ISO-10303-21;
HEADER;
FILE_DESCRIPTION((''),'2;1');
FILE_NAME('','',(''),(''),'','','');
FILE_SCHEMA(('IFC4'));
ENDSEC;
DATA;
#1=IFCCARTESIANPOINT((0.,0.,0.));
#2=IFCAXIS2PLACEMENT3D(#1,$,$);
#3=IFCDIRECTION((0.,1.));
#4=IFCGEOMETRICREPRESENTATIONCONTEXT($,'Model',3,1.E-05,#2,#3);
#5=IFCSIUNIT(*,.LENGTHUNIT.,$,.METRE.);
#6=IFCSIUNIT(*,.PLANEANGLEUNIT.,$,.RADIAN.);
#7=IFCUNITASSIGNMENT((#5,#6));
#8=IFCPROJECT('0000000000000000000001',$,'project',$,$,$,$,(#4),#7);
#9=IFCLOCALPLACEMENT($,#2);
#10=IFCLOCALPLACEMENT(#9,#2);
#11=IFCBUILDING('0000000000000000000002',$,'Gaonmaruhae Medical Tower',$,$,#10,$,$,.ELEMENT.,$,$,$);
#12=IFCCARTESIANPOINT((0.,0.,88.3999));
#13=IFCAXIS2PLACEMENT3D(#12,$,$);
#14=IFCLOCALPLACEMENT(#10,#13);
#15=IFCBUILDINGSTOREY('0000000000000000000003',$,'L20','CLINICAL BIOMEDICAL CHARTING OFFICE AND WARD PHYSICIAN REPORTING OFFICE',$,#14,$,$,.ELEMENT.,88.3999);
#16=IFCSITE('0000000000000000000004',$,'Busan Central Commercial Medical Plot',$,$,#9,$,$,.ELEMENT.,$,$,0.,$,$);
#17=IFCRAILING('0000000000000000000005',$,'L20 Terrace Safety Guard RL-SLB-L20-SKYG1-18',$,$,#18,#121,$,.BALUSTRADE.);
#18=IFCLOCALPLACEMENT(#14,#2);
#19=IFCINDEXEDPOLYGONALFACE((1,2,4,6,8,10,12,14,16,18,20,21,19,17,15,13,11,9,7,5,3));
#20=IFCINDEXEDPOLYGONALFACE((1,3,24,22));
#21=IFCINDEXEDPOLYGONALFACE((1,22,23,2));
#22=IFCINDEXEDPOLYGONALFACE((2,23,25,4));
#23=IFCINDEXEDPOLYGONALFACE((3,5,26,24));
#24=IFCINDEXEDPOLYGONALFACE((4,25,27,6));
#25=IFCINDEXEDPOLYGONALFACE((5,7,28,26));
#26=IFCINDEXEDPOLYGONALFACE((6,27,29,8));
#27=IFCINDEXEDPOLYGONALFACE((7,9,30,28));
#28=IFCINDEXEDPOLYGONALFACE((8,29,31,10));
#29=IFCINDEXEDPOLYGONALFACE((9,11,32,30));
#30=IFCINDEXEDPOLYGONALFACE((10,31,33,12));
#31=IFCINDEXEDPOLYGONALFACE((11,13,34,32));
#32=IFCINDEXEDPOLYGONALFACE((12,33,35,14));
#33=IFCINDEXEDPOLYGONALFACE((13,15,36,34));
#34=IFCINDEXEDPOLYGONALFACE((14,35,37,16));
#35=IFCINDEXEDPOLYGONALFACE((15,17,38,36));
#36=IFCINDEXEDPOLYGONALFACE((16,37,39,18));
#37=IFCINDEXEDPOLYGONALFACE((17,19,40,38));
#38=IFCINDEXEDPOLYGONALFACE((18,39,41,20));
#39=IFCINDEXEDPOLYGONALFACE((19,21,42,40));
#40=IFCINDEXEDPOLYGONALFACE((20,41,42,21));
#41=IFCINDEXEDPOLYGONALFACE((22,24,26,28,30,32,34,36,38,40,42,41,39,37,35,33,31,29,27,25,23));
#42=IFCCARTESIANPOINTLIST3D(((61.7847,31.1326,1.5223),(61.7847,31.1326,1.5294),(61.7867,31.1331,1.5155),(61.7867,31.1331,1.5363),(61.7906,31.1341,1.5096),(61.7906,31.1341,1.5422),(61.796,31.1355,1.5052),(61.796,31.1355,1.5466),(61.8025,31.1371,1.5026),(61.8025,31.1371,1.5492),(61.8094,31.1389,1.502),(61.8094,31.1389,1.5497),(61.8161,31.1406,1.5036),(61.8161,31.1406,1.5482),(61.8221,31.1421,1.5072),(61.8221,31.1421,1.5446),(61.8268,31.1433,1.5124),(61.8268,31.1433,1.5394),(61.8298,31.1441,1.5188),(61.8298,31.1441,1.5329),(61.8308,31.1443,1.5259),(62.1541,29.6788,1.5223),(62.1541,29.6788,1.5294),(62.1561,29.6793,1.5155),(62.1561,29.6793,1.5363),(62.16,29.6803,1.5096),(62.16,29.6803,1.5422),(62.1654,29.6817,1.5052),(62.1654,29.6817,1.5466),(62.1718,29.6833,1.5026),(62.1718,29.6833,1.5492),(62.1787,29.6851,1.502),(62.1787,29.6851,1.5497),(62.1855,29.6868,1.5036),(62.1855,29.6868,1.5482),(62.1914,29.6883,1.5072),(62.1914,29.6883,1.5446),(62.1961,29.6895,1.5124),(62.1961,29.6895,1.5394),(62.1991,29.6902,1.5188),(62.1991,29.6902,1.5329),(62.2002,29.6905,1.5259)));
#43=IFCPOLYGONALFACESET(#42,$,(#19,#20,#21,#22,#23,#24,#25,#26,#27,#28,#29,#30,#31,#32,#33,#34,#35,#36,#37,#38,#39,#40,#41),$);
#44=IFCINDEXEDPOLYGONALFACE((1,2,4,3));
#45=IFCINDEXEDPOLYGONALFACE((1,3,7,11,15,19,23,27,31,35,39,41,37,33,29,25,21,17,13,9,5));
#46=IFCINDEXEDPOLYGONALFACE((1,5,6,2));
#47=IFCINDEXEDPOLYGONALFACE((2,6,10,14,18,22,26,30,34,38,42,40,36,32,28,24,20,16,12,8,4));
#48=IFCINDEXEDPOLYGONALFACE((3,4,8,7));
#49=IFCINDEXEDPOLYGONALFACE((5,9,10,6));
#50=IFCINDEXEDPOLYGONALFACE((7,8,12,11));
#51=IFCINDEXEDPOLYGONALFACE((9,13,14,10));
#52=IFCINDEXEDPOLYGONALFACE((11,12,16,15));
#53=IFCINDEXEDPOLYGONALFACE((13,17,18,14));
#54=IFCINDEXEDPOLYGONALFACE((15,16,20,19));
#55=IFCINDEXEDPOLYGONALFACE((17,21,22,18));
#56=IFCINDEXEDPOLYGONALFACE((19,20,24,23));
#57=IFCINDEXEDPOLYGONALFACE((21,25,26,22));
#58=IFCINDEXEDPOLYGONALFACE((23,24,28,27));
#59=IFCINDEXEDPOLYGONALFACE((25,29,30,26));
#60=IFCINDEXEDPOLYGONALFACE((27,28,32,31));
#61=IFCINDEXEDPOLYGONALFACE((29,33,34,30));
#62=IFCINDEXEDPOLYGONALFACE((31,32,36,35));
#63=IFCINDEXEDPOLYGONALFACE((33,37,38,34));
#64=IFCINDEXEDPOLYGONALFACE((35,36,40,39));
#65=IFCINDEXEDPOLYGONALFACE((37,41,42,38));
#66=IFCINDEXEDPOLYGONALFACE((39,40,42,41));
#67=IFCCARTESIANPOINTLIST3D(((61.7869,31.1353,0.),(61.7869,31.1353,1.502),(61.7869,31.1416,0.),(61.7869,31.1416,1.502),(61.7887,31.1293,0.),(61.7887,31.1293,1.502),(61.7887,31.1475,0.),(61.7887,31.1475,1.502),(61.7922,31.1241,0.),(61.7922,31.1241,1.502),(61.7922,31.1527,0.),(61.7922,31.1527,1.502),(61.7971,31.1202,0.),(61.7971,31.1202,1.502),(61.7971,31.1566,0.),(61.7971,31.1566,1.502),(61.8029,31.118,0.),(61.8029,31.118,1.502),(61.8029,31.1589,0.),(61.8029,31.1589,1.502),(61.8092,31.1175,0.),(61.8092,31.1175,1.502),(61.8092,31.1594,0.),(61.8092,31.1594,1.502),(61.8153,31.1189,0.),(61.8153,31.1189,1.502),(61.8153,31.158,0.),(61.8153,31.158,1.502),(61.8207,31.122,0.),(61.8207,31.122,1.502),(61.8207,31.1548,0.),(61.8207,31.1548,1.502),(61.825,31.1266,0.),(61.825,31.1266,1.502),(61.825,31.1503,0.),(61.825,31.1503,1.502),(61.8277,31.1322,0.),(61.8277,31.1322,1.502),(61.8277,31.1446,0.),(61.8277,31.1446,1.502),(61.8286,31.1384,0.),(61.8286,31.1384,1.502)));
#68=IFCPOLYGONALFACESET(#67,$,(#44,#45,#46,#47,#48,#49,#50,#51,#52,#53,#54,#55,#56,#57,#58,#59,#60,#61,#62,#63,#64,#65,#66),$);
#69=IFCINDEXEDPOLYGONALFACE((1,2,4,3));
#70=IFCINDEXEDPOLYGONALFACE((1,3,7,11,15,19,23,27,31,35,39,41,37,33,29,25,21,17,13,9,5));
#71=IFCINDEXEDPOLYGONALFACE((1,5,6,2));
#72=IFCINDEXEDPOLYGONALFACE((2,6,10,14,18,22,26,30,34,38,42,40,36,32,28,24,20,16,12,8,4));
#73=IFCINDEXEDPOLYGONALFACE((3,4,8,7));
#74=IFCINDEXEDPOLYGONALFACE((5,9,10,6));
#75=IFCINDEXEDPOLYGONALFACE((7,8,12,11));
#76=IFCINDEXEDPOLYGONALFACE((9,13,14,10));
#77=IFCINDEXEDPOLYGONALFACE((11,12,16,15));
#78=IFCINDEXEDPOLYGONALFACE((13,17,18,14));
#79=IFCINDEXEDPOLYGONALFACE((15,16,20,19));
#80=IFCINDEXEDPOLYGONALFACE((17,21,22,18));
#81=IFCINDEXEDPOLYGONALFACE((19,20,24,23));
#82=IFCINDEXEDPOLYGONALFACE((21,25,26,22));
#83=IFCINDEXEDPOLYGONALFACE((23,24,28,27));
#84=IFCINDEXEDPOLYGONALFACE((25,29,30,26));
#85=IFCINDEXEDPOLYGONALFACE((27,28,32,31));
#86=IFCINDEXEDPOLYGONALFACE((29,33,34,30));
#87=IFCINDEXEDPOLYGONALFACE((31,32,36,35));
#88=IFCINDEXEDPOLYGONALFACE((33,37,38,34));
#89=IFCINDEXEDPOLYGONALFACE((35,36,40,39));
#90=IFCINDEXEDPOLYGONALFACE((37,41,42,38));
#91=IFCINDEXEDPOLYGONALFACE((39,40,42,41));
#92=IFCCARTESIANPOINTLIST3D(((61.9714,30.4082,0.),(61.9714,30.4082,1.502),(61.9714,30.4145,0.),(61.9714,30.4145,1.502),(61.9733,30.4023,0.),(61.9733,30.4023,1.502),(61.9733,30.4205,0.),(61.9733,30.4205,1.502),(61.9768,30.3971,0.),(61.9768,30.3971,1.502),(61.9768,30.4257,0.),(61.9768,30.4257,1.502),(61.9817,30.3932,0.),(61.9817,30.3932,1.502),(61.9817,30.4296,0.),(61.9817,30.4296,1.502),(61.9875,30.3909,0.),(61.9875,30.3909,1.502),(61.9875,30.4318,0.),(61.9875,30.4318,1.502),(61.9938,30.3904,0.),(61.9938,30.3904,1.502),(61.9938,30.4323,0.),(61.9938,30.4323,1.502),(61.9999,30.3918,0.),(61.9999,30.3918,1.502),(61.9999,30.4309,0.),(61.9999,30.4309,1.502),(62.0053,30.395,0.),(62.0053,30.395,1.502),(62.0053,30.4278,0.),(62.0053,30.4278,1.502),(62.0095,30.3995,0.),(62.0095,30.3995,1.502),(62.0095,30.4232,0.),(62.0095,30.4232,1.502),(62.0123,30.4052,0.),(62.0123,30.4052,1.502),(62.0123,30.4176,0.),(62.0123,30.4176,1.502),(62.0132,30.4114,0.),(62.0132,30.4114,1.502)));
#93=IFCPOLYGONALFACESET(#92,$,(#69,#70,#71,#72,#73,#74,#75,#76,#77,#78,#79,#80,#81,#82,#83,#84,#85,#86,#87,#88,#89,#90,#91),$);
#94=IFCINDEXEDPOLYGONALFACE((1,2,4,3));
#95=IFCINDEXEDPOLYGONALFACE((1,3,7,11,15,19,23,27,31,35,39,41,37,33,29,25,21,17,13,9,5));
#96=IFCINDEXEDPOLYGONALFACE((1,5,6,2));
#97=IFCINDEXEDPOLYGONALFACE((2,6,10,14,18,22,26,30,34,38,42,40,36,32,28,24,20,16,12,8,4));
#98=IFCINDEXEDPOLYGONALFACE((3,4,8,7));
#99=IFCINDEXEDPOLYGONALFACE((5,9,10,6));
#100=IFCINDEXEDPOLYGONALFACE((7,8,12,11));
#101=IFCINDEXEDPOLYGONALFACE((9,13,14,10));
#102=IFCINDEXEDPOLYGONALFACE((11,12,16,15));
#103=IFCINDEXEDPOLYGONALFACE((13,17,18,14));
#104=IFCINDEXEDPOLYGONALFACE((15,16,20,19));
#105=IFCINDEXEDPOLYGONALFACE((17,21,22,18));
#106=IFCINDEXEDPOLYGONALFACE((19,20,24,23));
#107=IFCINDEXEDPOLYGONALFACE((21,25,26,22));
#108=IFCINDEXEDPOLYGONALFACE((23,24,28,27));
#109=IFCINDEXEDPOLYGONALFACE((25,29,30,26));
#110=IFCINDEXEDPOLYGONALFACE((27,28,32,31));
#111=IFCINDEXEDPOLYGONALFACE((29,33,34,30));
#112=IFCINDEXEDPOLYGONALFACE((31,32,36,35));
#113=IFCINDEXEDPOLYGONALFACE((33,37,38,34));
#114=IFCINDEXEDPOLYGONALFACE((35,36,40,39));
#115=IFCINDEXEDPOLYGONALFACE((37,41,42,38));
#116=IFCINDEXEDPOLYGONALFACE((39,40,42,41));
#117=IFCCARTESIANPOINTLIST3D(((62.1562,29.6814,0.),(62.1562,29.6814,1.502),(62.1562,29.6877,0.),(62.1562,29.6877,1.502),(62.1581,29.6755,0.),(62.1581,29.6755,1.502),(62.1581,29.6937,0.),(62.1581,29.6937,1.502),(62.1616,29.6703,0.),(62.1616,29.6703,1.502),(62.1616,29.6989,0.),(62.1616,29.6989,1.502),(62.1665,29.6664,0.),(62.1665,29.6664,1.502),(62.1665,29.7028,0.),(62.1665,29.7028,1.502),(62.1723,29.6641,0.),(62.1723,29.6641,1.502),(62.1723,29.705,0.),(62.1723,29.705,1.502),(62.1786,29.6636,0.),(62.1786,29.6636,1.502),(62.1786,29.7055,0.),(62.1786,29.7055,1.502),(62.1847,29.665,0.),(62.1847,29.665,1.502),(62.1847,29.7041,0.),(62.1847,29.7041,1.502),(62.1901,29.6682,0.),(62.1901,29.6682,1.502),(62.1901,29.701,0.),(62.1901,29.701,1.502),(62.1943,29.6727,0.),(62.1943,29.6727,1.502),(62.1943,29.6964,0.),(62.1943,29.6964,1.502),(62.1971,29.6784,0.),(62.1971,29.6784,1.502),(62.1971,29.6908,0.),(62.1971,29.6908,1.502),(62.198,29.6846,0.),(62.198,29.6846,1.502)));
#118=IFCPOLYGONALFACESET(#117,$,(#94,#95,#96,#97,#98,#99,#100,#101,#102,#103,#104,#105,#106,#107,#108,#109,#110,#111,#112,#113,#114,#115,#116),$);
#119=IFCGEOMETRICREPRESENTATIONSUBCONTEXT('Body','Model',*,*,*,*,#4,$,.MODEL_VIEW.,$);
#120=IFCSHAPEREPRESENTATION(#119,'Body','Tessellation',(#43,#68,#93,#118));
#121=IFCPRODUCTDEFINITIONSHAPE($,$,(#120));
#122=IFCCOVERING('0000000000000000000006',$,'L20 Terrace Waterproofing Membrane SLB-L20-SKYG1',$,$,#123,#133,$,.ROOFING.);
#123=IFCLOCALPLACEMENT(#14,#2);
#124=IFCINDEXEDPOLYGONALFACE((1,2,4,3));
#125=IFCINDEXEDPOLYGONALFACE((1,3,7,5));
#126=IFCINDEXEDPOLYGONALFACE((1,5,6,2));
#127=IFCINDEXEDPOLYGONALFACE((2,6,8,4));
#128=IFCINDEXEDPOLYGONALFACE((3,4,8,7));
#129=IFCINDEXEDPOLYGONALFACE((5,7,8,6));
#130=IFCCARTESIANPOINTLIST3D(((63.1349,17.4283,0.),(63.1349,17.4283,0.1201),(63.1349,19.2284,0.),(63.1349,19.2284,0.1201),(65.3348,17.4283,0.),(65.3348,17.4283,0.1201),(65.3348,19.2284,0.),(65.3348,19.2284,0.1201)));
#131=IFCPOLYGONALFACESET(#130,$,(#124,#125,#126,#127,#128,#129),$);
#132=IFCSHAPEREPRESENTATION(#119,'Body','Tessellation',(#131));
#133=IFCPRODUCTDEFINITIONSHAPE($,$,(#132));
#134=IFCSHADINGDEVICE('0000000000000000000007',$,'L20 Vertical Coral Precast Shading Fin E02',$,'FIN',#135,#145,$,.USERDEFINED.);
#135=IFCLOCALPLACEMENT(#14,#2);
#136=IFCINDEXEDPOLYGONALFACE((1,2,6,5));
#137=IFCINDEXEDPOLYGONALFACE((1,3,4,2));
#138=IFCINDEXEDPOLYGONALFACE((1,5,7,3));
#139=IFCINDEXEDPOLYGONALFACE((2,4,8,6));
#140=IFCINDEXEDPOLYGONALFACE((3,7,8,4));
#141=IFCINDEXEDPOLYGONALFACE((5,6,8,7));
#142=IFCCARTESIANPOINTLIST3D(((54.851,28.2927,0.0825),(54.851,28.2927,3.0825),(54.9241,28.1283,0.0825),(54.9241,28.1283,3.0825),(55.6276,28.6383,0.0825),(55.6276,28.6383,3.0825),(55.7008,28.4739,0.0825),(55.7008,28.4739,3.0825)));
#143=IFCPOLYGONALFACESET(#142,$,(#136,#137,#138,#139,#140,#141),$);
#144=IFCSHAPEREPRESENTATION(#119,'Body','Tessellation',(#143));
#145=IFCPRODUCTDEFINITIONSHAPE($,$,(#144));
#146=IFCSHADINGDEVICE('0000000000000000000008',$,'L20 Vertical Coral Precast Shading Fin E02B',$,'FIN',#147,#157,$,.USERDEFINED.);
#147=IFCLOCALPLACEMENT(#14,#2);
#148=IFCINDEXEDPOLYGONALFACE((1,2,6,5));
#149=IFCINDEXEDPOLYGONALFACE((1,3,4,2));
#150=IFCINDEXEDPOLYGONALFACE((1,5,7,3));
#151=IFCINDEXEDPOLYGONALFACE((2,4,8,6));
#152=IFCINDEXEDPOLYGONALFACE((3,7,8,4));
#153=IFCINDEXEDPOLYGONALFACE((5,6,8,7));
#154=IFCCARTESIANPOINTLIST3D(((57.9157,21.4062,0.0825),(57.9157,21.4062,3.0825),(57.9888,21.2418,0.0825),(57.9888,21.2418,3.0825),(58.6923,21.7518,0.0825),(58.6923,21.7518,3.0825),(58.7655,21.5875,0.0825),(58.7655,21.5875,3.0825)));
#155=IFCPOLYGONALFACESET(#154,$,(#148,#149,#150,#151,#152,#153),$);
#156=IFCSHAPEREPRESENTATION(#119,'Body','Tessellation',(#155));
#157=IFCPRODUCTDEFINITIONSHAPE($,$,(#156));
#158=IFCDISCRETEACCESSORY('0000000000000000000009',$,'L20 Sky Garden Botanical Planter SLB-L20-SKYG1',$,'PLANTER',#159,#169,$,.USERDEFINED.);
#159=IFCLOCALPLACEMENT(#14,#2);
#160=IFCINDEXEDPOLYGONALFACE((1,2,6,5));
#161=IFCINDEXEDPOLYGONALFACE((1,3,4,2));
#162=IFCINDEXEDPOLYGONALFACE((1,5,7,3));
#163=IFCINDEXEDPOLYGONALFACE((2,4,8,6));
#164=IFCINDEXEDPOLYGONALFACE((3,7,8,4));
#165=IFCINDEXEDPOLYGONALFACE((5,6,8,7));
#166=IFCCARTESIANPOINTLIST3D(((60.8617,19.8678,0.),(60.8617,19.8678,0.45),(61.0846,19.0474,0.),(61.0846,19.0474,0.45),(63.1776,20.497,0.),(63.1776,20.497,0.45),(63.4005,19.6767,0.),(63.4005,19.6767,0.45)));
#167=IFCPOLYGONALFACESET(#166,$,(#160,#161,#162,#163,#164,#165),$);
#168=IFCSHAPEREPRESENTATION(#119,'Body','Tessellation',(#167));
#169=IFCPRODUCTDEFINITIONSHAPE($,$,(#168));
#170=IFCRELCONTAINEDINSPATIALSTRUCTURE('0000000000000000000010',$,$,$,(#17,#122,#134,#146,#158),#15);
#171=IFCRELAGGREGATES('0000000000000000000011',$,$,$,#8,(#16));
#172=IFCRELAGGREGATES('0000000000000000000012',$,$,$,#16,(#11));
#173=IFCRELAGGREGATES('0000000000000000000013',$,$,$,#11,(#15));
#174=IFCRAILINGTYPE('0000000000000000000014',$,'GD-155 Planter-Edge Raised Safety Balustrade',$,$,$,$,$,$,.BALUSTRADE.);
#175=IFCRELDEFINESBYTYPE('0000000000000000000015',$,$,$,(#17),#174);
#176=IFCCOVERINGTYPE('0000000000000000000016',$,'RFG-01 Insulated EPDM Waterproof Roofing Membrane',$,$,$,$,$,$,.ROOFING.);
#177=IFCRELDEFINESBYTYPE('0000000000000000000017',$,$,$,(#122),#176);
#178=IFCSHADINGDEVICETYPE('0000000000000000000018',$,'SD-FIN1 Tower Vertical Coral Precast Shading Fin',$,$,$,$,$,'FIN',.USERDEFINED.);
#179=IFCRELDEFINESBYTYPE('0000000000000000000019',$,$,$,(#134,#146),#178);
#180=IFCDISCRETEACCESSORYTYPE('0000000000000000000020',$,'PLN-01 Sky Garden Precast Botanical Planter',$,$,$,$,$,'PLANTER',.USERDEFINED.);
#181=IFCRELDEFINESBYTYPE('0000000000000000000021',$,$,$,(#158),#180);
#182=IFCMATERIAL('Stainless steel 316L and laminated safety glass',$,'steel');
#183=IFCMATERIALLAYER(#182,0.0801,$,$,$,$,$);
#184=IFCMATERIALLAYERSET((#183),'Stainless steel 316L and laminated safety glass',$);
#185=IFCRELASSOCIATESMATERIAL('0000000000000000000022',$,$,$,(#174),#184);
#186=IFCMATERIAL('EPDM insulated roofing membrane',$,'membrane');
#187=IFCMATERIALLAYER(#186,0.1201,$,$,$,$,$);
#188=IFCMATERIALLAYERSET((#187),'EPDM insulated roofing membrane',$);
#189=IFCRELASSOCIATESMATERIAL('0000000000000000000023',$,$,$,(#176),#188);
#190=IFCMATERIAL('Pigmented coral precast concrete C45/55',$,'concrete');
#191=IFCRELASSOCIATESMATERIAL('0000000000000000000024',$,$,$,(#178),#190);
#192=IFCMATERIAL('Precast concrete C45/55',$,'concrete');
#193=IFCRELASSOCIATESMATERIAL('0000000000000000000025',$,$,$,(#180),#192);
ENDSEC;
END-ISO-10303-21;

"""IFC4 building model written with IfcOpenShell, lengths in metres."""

from ifc_helpers import new_model, si_unit, direction, frame, origin, origin_2d, place, context, subcontext, project, spatial, rectangle, circle, extrude, material, layer, layer_set, type_object, element, save


model = new_model("IFC4")

# Units and contexts
model_context = context("Model", 3, precision=1e-05, world=origin(), true_north=direction((0.0, 1.0)))
body_context = subcontext(model_context, "Body", "Model", "MODEL_VIEW")
ifc_project = project(units=[si_unit("LENGTHUNIT", "METRE"), si_unit("PLANEANGLEUNIT", "RADIAN")], contexts=[model_context])

# Site, building, storey
site_placement = place(None, origin())
site = spatial("IfcSite", under=ifc_project, at=site_placement, Name="Busan Central Commercial Medical Plot", CompositionType="ELEMENT", RefElevation=0.0)
building_placement = place(site_placement, origin())
building = spatial("IfcBuilding", under=site, at=building_placement, Name="Gaonmaruhae Medical Tower", CompositionType="ELEMENT")
storey_placement = place(building_placement, frame((0.0, 0.0, 88.3999)))
storey = spatial("IfcBuildingStorey", under=building, at=storey_placement, Name="L20", Description="CLINICAL BIOMEDICAL CHARTING OFFICE AND WARD PHYSICIAN REPORTING OFFICE", CompositionType="ELEMENT", Elevation=88.3999)

# Shared definitions
ifc_material_1 = material(Name="Precast concrete C45/55", Category="concrete")

# Railing
ifc_material_2 = material(Name="Stainless steel 316L and laminated safety glass", Category="steel")
ifc_layer_1 = layer(ifc_material_2, 0.0801)
ifc_layer_set_1 = layer_set([ifc_layer_1], Name="Stainless steel 316L and laminated safety glass")
railing_type = type_object("IfcRailingType", Name="GD-155 Planter-Edge Raised Safety Balustrade", PredefinedType="BALUSTRADE", material=ifc_layer_set_1)
railing_1_placement = place(storey_placement, frame((61.8076, 31.1384, 0.0)))
element("IfcRailing", 1, at=railing_1_placement, inside=storey, type_object=railing_type, Name="L20 Terrace Safety Guard RL-SLB-L20-SKYG1-18", PredefinedType="BALUSTRADE", context=body_context, shape_type="SweptSolid", body=[
    extrude(circle(Radius=0.0239, at=origin_2d()), frame((0.0, 0.0, 1.5259), z_axis=(0.246248, -0.969207, 0.0), x_axis=(0.969207, 0.246248, 0.0)), (0.0, 0.0, 1.0), 1.5),
    extrude(circle(Radius=0.021, at=origin_2d()), origin(), (0.0, 0.0, 1.0), 1.502),
    extrude(circle(Radius=0.021, at=origin_2d()), frame((0.1846, -0.7271, 0.0)), (0.0, 0.0, 1.0), 1.502),
    extrude(circle(Radius=0.021, at=origin_2d()), frame((0.3694, -1.4539, 0.0)), (0.0, 0.0, 1.0), 1.502),
])

# Covering
ifc_material_3 = material(Name="EPDM insulated roofing membrane", Category="membrane")
ifc_layer_2 = layer(ifc_material_3, 0.1201)
ifc_layer_set_2 = layer_set([ifc_layer_2], Name="EPDM insulated roofing membrane")
covering_type = type_object("IfcCoveringType", Name="RFG-01 Insulated EPDM Waterproof Roofing Membrane", PredefinedType="ROOFING", material=ifc_layer_set_2)
covering_placement = place(storey_placement, frame((64.2349, 18.3284, 0.0), z_axis=(0.0, 0.0, 1.0), x_axis=(1.0, 0.0, 0.0)))
element("IfcCovering", 2, at=covering_placement, inside=storey, type_object=covering_type, Name="L20 Terrace Waterproofing Membrane SLB-L20-SKYG1", PredefinedType="ROOFING", context=body_context, shape_type="SweptSolid", body=[
    extrude(rectangle(XDim=2.2, YDim=1.8, at=origin_2d()), origin(), (0.0, 0.0, 1.0), 0.1201),
])

# Shading devices
ifc_material_4 = material(Name="Pigmented coral precast concrete C45/55", Category="concrete")
shading_device_type = type_object("IfcShadingDeviceType", Name="SD-FIN1 Tower Vertical Coral Precast Shading Fin", ElementType="FIN", PredefinedType="USERDEFINED", material=ifc_material_4)
for number, where, z_axis, x_axis, name in (
    (3, (55.2759, 28.3833, 0.0825), (0.0, 0.0, 1.0), (0.406593, -0.913609, 0.0), "L20 Vertical Coral Precast Shading Fin E02"),
    (4, (58.3406, 21.4968, 0.0825), (0.0, 0.0, 1.0), (0.406593, -0.913609, 0.0), "L20 Vertical Coral Precast Shading Fin E02B"),
):
    element("IfcShadingDevice", number, at=place(storey_placement, frame(where, z_axis=z_axis, x_axis=x_axis)), inside=storey, type_object=shading_device_type, Name=name, ObjectType="FIN", PredefinedType="USERDEFINED", context=body_context, shape_type="SweptSolid", body=[
        extrude(rectangle(XDim=0.1799, YDim=0.8501, at=origin_2d()), origin(), (0.0, 0.0, 1.0), 3.0),
    ])

# Discrete accessory
discrete_accessory_type = type_object("IfcDiscreteAccessoryType", Name="PLN-01 Sky Garden Precast Botanical Planter", ElementType="PLANTER", PredefinedType="USERDEFINED", material=ifc_material_1)
discrete_accessory_placement = place(storey_placement, frame((62.1311, 19.7722, 0.0), z_axis=(0.0, 0.0, 1.0), x_axis=(0.965016, 0.262189, 0.0)))
element("IfcDiscreteAccessory", 5, at=discrete_accessory_placement, inside=storey, type_object=discrete_accessory_type, Name="L20 Sky Garden Botanical Planter SLB-L20-SKYG1", ObjectType="PLANTER", PredefinedType="USERDEFINED", context=body_context, shape_type="SweptSolid", body=[
    extrude(rectangle(XDim=2.3999, YDim=0.8501, at=origin_2d()), origin(), (0.0, 0.0, 1.0), 0.45),
])

save(model, "model.ifc")
